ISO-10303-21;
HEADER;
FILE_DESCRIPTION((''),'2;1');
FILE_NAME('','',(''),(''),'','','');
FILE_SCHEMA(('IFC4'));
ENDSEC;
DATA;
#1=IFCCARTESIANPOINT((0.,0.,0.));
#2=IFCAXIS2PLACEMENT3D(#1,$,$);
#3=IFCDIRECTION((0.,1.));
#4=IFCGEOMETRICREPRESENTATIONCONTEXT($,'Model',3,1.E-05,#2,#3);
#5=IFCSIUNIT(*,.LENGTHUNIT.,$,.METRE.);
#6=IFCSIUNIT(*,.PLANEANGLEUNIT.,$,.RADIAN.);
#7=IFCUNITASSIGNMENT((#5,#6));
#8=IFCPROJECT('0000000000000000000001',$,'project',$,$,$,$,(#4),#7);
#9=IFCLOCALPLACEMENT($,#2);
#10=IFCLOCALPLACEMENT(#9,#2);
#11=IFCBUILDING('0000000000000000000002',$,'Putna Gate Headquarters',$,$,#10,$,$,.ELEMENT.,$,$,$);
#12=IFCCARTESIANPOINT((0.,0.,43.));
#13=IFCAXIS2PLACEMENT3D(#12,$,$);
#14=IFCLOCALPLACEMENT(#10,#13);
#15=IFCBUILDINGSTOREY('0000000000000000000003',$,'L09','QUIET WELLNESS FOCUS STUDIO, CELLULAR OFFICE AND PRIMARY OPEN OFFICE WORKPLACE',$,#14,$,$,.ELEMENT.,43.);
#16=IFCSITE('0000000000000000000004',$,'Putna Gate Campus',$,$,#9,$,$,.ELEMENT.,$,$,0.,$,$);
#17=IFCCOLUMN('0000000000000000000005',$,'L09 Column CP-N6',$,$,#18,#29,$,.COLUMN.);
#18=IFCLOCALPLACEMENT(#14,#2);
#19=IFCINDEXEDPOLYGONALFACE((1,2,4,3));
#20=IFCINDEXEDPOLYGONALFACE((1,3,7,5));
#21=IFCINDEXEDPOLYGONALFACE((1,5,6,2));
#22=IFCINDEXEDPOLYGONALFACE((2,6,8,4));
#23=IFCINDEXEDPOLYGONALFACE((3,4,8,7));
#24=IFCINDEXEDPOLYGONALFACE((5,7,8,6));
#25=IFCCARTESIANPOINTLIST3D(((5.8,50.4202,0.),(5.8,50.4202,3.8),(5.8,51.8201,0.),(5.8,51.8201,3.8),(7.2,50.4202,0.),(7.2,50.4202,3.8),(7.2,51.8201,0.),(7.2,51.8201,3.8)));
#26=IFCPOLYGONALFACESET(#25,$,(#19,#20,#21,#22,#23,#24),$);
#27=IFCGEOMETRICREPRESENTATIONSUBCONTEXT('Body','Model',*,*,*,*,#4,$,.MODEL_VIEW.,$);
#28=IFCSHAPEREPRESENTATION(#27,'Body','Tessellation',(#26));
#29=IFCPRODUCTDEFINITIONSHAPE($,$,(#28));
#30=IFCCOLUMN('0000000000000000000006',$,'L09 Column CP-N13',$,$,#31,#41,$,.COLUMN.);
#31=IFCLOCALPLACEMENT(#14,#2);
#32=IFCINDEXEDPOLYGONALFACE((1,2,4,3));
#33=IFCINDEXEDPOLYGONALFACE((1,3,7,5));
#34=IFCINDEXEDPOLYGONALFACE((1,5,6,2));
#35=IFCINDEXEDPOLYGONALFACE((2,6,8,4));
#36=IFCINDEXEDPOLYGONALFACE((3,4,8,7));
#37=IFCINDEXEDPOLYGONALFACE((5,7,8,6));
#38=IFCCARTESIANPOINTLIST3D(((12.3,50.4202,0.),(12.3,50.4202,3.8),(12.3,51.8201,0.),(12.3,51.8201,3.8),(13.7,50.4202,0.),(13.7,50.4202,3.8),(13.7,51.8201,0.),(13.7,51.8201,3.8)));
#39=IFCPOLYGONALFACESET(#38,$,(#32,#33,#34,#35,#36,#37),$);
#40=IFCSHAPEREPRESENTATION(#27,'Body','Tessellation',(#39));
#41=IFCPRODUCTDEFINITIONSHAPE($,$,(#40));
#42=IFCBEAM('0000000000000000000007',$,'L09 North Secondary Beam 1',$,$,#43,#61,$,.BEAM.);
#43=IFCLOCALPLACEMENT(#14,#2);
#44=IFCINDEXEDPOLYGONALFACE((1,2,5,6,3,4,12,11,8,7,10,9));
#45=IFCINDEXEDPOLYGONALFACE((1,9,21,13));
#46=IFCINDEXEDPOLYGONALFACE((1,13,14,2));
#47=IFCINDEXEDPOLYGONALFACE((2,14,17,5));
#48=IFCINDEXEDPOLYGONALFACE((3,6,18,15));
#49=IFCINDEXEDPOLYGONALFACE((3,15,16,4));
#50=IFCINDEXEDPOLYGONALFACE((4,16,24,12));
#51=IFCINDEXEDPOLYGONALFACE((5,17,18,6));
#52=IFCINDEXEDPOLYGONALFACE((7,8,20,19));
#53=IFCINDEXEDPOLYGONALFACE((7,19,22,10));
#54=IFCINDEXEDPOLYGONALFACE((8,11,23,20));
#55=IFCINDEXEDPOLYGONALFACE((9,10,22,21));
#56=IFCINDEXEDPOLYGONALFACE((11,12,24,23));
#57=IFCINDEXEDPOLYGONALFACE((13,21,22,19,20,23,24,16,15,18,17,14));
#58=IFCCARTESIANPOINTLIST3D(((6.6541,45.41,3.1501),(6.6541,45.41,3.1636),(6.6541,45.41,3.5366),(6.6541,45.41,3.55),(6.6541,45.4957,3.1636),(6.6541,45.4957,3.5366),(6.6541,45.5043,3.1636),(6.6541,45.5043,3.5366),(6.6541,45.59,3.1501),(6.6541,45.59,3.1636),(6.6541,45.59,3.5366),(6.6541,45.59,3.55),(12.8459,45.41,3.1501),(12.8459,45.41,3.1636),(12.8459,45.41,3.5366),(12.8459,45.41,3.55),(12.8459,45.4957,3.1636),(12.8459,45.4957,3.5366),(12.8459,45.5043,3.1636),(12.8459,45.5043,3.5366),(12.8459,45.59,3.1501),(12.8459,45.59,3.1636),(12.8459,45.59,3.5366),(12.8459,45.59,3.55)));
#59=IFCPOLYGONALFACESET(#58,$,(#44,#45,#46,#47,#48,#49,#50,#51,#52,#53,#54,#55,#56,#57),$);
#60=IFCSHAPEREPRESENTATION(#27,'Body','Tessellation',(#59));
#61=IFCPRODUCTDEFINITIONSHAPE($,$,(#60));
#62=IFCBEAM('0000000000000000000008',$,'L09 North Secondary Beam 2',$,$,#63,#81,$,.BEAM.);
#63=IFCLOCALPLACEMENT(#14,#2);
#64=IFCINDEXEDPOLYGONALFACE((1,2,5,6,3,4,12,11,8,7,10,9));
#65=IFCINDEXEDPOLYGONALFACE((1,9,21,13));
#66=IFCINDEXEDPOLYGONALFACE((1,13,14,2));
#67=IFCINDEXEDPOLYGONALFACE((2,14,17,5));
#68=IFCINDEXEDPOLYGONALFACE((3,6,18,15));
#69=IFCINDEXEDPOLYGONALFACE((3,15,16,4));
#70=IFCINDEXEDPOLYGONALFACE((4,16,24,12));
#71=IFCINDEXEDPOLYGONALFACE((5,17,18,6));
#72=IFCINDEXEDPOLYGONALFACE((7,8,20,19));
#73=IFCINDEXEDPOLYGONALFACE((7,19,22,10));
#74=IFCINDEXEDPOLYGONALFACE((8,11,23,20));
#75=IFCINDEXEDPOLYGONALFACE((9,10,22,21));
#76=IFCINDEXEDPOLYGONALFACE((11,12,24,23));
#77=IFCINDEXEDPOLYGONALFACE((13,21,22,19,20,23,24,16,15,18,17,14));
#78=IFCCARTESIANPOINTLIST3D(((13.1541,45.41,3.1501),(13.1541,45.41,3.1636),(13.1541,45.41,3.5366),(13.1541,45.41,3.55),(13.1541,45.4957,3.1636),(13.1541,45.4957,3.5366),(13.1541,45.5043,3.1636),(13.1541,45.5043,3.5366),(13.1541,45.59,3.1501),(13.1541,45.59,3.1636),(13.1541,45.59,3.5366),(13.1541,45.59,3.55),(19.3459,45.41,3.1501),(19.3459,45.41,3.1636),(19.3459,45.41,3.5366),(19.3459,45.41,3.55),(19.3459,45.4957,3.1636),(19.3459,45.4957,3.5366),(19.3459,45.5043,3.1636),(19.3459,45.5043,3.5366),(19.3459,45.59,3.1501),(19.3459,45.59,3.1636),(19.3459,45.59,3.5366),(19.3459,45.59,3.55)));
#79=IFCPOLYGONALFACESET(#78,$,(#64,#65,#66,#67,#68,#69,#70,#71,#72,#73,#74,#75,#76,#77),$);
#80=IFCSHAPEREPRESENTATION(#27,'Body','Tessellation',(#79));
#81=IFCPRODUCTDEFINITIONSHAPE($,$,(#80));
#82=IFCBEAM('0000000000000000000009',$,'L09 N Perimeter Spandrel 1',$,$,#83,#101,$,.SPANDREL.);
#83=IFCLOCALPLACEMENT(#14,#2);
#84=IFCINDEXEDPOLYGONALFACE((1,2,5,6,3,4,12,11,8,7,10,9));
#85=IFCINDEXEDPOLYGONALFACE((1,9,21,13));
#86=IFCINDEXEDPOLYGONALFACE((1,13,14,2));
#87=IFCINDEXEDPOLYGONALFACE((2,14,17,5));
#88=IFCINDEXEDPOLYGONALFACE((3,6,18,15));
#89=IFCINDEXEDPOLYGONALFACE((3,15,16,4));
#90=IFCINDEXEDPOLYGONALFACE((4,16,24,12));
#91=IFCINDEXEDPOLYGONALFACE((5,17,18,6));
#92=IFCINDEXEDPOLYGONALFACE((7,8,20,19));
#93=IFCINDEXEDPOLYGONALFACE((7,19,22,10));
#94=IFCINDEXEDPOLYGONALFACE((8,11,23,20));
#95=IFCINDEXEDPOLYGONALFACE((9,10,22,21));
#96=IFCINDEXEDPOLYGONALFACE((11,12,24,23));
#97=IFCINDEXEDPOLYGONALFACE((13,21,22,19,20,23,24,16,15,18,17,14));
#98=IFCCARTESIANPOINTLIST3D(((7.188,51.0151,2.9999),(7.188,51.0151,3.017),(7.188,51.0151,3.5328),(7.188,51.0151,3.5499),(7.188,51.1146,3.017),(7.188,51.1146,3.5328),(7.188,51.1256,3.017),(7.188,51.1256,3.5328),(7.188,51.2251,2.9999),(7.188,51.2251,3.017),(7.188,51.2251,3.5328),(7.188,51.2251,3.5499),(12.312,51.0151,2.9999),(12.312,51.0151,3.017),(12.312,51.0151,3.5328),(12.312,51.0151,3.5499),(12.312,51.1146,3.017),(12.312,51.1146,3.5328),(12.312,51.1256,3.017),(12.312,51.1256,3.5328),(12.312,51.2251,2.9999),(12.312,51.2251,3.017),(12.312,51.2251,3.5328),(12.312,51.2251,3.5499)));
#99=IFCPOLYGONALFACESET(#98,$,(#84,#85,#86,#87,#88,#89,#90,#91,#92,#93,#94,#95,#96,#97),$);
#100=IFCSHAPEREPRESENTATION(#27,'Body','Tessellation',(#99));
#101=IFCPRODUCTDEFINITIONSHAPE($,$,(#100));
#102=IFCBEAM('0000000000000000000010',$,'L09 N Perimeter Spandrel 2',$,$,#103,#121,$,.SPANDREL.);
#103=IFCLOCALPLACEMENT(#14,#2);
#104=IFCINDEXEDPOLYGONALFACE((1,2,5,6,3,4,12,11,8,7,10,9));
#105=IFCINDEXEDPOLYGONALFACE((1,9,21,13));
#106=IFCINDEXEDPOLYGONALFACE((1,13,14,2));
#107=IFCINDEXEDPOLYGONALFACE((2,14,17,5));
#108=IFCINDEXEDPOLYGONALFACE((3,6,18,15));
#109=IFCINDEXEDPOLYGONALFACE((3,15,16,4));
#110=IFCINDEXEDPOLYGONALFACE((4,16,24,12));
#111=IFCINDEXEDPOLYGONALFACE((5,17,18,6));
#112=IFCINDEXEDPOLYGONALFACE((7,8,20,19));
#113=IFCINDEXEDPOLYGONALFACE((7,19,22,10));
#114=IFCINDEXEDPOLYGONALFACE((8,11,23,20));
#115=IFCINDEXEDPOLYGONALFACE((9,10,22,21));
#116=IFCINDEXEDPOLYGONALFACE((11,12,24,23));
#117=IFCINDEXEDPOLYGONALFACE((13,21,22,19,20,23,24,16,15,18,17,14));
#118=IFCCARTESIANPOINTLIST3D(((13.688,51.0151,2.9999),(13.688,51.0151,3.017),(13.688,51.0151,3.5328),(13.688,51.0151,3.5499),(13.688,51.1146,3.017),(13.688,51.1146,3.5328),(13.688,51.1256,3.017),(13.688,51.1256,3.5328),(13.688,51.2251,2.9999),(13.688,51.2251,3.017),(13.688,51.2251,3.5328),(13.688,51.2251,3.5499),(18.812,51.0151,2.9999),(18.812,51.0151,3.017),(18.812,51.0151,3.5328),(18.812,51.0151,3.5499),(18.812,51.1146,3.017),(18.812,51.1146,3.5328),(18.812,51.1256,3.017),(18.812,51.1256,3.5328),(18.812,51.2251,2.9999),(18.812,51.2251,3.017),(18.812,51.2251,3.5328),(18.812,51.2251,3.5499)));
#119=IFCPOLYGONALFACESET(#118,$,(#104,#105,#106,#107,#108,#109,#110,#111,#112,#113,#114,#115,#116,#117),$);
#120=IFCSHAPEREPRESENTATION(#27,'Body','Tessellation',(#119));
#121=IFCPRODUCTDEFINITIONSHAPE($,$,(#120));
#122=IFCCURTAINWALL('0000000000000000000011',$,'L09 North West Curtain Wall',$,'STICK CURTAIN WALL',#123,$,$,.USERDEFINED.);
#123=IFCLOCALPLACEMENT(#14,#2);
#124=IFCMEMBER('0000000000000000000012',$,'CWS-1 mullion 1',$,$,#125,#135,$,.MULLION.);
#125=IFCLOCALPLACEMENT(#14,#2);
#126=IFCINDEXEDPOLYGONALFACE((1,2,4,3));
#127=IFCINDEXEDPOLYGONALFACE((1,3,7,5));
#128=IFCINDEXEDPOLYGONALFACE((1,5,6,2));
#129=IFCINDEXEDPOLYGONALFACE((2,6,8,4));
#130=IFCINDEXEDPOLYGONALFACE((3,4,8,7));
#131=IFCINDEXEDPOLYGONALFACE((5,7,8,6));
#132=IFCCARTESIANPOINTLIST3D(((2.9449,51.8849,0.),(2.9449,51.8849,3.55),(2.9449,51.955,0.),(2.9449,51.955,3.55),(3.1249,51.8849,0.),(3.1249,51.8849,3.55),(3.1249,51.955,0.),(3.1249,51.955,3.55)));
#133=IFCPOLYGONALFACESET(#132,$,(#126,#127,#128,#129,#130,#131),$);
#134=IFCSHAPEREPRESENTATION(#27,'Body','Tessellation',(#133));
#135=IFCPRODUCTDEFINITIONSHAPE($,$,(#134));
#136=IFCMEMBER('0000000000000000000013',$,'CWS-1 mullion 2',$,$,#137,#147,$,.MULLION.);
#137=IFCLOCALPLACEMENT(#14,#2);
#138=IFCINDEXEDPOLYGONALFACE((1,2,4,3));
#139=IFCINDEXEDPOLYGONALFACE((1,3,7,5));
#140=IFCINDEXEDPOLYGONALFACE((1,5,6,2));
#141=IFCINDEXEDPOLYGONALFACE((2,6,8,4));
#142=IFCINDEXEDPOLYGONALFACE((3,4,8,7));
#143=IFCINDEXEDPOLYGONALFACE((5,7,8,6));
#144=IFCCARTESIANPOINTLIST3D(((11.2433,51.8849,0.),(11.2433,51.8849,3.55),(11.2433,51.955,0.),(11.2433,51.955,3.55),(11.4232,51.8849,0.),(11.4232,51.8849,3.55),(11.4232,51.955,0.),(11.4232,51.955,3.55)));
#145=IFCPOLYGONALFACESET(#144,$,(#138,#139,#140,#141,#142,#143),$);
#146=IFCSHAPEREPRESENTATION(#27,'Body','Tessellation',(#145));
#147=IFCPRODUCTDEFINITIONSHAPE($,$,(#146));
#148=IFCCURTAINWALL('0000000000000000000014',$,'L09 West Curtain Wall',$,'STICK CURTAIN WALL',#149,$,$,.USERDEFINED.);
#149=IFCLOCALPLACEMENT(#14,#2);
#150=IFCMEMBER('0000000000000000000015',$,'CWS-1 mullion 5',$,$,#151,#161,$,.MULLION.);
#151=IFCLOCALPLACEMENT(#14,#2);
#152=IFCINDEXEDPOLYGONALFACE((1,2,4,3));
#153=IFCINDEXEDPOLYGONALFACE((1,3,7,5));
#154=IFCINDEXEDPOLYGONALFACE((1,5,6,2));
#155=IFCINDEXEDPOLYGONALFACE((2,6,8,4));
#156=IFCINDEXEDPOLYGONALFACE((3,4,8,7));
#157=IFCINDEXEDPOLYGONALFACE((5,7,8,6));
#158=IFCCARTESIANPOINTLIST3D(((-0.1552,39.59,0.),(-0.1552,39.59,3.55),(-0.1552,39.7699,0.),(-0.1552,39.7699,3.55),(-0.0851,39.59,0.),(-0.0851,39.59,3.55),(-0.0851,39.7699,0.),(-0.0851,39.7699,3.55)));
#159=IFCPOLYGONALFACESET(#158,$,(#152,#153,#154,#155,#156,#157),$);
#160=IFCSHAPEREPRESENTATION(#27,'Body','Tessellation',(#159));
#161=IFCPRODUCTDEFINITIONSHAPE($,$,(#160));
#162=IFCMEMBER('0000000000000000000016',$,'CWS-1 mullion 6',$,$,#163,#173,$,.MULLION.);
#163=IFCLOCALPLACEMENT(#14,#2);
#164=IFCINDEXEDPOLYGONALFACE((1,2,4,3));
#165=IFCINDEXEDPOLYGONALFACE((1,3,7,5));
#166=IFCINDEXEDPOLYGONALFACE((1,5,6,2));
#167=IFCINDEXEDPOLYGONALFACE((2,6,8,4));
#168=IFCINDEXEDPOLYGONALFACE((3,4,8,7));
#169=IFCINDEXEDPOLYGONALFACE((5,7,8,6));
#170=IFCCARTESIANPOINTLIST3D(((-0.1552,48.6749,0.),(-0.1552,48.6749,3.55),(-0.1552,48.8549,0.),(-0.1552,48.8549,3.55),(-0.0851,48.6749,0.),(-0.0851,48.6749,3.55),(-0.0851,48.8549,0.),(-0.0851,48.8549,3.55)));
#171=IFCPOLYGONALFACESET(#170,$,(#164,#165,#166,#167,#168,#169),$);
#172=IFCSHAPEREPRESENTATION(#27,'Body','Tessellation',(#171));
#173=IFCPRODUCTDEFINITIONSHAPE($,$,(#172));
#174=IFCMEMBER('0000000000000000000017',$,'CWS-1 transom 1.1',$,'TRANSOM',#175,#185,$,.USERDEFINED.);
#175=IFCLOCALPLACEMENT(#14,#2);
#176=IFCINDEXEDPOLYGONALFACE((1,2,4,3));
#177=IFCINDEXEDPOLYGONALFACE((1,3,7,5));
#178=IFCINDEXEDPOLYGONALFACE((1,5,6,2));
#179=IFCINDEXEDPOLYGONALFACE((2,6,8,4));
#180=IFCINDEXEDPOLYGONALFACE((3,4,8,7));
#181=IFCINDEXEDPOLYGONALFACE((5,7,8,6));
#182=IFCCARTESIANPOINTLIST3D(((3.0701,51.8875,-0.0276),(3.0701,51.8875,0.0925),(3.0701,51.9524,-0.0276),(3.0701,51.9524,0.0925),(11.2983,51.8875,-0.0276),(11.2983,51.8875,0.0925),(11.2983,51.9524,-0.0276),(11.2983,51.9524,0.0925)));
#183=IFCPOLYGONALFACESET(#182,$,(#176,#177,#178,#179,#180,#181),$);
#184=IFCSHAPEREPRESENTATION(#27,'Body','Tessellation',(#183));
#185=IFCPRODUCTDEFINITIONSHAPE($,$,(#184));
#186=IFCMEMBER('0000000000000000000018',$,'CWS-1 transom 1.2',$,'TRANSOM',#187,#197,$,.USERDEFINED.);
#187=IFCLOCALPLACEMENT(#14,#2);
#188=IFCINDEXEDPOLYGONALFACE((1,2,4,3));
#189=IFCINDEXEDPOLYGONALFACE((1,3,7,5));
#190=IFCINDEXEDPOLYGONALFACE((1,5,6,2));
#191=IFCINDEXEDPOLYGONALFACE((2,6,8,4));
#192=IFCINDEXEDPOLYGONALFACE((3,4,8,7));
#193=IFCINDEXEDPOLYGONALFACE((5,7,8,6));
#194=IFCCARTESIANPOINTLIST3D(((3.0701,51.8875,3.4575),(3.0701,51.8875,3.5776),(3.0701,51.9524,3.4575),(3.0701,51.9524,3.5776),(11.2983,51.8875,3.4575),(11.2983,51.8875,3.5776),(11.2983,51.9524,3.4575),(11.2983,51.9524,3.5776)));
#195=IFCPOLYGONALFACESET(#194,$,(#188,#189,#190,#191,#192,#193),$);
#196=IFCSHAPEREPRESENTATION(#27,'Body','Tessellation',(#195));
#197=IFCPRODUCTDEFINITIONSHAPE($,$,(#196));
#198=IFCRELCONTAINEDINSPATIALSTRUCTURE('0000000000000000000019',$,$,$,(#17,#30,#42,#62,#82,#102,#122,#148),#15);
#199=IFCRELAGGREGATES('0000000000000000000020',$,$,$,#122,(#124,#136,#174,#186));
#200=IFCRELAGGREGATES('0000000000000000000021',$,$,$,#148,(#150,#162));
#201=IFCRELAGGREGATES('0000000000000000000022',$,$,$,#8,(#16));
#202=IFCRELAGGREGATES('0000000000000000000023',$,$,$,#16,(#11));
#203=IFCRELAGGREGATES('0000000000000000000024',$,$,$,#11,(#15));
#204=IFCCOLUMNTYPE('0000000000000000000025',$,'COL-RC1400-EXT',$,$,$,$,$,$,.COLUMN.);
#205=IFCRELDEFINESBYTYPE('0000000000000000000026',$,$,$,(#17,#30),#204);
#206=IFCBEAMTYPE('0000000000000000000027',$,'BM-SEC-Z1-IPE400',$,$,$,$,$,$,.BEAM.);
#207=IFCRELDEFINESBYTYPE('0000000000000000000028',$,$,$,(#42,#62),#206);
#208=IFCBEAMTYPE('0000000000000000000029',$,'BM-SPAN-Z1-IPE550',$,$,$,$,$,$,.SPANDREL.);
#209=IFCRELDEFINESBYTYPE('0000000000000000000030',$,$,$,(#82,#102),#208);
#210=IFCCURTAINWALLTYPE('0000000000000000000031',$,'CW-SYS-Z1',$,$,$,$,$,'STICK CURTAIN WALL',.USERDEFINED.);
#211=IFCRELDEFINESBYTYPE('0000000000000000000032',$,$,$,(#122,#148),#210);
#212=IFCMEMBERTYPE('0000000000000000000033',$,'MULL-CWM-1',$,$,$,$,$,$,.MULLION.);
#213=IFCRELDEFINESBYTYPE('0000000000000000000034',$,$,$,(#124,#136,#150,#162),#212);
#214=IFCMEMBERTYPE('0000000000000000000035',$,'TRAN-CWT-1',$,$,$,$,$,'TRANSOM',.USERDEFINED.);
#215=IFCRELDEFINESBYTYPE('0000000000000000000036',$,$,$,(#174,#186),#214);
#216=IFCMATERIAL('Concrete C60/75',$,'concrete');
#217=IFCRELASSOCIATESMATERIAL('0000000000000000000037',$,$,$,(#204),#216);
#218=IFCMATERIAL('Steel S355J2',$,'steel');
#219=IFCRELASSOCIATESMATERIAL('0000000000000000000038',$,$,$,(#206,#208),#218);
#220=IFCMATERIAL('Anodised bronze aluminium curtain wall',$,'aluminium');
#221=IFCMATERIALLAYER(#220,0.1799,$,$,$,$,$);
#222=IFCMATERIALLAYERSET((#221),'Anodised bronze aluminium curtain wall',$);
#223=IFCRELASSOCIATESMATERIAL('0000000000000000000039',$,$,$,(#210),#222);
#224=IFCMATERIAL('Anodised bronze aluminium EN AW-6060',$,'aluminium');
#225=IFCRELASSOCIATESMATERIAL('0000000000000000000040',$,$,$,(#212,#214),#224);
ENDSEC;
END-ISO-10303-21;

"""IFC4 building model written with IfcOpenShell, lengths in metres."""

from ifc_helpers import new_model, si_unit, direction, frame, origin, origin_2d, place, context, subcontext, project, spatial, rectangle, i_section, extrude, material, layer, layer_set, material_profile, profile_set, type_object, element, aggregate, save


model = new_model("IFC4")

# Units and contexts
model_context = context("Model", 3, precision=1e-05, world=origin(), true_north=direction((0.0, 1.0)))
body_context = subcontext(model_context, "Body", "Model", "MODEL_VIEW")
ifc_project = project(units=[si_unit("LENGTHUNIT", "METRE"), si_unit("PLANEANGLEUNIT", "RADIAN")], contexts=[model_context])

# Site, building, storey
site_placement = place(None, origin())
site = spatial("IfcSite", under=ifc_project, at=site_placement, Name="Putna Gate Campus", CompositionType="ELEMENT", RefElevation=0.0)
building_placement = place(site_placement, origin())
building = spatial("IfcBuilding", under=site, at=building_placement, Name="Putna Gate Headquarters", CompositionType="ELEMENT")
storey_placement = place(building_placement, frame((0.0, 0.0, 43.0)))
storey = spatial("IfcBuildingStorey", under=building, at=storey_placement, Name="L09", Description="QUIET WELLNESS FOCUS STUDIO, CELLULAR OFFICE AND PRIMARY OPEN OFFICE WORKPLACE", CompositionType="ELEMENT", Elevation=43.0)

# Columns
ifc_material_1 = material(Name="Concrete C60/75", Category="concrete")
ifc_material_profile_1 = material_profile(ifc_material_1, rectangle(XDim=1.3999, YDim=1.3999, at=origin_2d()), Name="Concrete C60/75")
ifc_profile_set_1 = profile_set([ifc_material_profile_1], Name="Concrete C60/75")
column_type = type_object("IfcColumnType", Name="COL-RC1400-EXT", PredefinedType="COLUMN", material=ifc_profile_set_1)
for number, where, z_axis, x_axis, name in (
    (1, (6.5, 51.1201, 0.0), (0.0, 0.0, 1.0), (1.0, 0.0, 0.0), "L09 Column CP-N6"),
    (2, (13.0, 51.1201, 0.0), (0.0, 0.0, 1.0), (1.0, 0.0, 0.0), "L09 Column CP-N13"),
):
    element("IfcColumn", number, at=place(storey_placement, frame(where, z_axis=z_axis, x_axis=x_axis)), inside=storey, type_object=column_type, Name=name, PredefinedType="COLUMN", context=body_context, shape_type="SweptSolid", body=[
        extrude(rectangle(XDim=1.3999, YDim=1.3999, at=origin_2d()), origin(), (0.0, 0.0, 1.0), 3.8),
    ])

# Beams
ifc_material_2 = material(Name="Steel S355J2", Category="steel")
ifc_material_profile_2 = material_profile(ifc_material_2, i_section(OverallWidth=0.1799, OverallDepth=0.3999, WebThickness=0.0085, FlangeThickness=0.0134, at=origin_2d()), Name="Steel S355J2")
ifc_profile_set_2 = profile_set([ifc_material_profile_2], Name="Steel S355J2")
beam_type_1 = type_object("IfcBeamType", Name="BM-SEC-Z1-IPE400", PredefinedType="BEAM", material=ifc_profile_set_2)
for number, where, z_axis, x_axis, name in (
    (3, (6.6541, 45.5, 3.3501), (1.0, 0.0, 0.0), (0.0, 1.0, 0.0), "L09 North Secondary Beam 1"),
    (4, (13.1541, 45.5, 3.3501), (1.0, 0.0, 0.0), (0.0, 1.0, 0.0), "L09 North Secondary Beam 2"),
):
    element("IfcBeam", number, at=place(storey_placement, frame(where, z_axis=z_axis, x_axis=x_axis)), inside=storey, type_object=beam_type_1, Name=name, PredefinedType="BEAM", context=body_context, shape_type="SweptSolid", body=[
        extrude(i_section(OverallWidth=0.1799, OverallDepth=0.3999, WebThickness=0.0085, FlangeThickness=0.0134, at=origin_2d()), origin(), (0.0, 0.0, 1.0), 6.1919),
    ])
ifc_material_profile_3 = material_profile(ifc_material_2, i_section(OverallWidth=0.21, OverallDepth=0.55, WebThickness=0.011, FlangeThickness=0.0171, at=origin_2d()), Name="Steel S355J2")
ifc_profile_set_3 = profile_set([ifc_material_profile_3], Name="Steel S355J2")
beam_type_2 = type_object("IfcBeamType", Name="BM-SPAN-Z1-IPE550", PredefinedType="SPANDREL", material=ifc_profile_set_3)
for number, where, z_axis, x_axis, name in (
    (5, (7.188, 51.1201, 3.2749), (1.0, 0.0, 0.0), (0.0, 1.0, 0.0), "L09 N Perimeter Spandrel 1"),
    (6, (13.688, 51.1201, 3.2749), (1.0, 0.0, 0.0), (0.0, 1.0, 0.0), "L09 N Perimeter Spandrel 2"),
):
    element("IfcBeam", number, at=place(storey_placement, frame(where, z_axis=z_axis, x_axis=x_axis)), inside=storey, type_object=beam_type_2, Name=name, PredefinedType="SPANDREL", context=body_context, shape_type="SweptSolid", body=[
        extrude(i_section(OverallWidth=0.21, OverallDepth=0.55, WebThickness=0.011, FlangeThickness=0.0171, at=origin_2d()), origin(), (0.0, 0.0, 1.0), 5.124),
    ])

# Curtain walls, members
ifc_material_3 = material(Name="Anodised bronze aluminium curtain wall", Category="aluminium")
ifc_layer_1 = layer(ifc_material_3, 0.1799)
ifc_layer_set_1 = layer_set([ifc_layer_1], Name="Anodised bronze aluminium curtain wall")
curtain_wall_type = type_object("IfcCurtainWallType", Name="CW-SYS-Z1", ElementType="STICK CURTAIN WALL", PredefinedType="USERDEFINED", material=ifc_layer_set_1)
curtain_wall_1_placement = place(storey_placement, origin())
curtain_wall_1 = element("IfcCurtainWall", 7, at=curtain_wall_1_placement, inside=storey, type_object=curtain_wall_type, Name="L09 North West Curtain Wall", ObjectType="STICK CURTAIN WALL", PredefinedType="USERDEFINED")
ifc_material_4 = material(Name="Anodised bronze aluminium EN AW-6060", Category="aluminium")
ifc_material_profile_4 = material_profile(ifc_material_4, rectangle(XDim=0.0701, YDim=0.1799, at=origin_2d()), Name="Anodised bronze aluminium EN AW-6060")
ifc_profile_set_4 = profile_set([ifc_material_profile_4], Name="Anodised bronze aluminium EN AW-6060")
member_type_1 = type_object("IfcMemberType", Name="MULL-CWM-1", PredefinedType="MULLION", material=ifc_profile_set_4)
member_1_placement = place(storey_placement, frame((3.0349, 51.9199, 0.0), z_axis=(0.0, 0.0, 1.0), x_axis=(0.0, 1.0, 0.0)))
member_1 = element("IfcMember", 8, at=member_1_placement, type_object=member_type_1, Name="CWS-1 mullion 1", PredefinedType="MULLION", context=body_context, shape_type="SweptSolid", body=[
    extrude(rectangle(XDim=0.0701, YDim=0.1799, at=origin_2d()), origin(), (0.0, 0.0, 1.0), 3.55),
])
member_2_placement = place(storey_placement, frame((11.3333, 51.9199, 0.0), z_axis=(0.0, 0.0, 1.0), x_axis=(0.0, 1.0, 0.0)))
member_2 = element("IfcMember", 9, at=member_2_placement, type_object=member_type_1, Name="CWS-1 mullion 2", PredefinedType="MULLION", context=body_context, shape_type="SweptSolid", body=[
    extrude(rectangle(XDim=0.0701, YDim=0.1799, at=origin_2d()), origin(), (0.0, 0.0, 1.0), 3.55),
])
curtain_wall_2_placement = place(storey_placement, origin())
curtain_wall_2 = element("IfcCurtainWall", 10, at=curtain_wall_2_placement, inside=storey, type_object=curtain_wall_type, Name="L09 West Curtain Wall", ObjectType="STICK CURTAIN WALL", PredefinedType="USERDEFINED")
member_3_placement = place(storey_placement, frame((-0.1201, 39.6799, 0.0), z_axis=(0.0, 0.0, 1.0), x_axis=(-1.0, 0.0, 0.0)))
member_3 = element("IfcMember", 11, at=member_3_placement, type_object=member_type_1, Name="CWS-1 mullion 5", PredefinedType="MULLION", context=body_context, shape_type="SweptSolid", body=[
    extrude(rectangle(XDim=0.0701, YDim=0.1799, at=origin_2d()), origin(), (0.0, 0.0, 1.0), 3.55),
])
member_4_placement = place(storey_placement, frame((-0.1201, 48.7649, 0.0), z_axis=(0.0, 0.0, 1.0), x_axis=(-1.0, 0.0, 0.0)))
member_4 = element("IfcMember", 12, at=member_4_placement, type_object=member_type_1, Name="CWS-1 mullion 6", PredefinedType="MULLION", context=body_context, shape_type="SweptSolid", body=[
    extrude(rectangle(XDim=0.0701, YDim=0.1799, at=origin_2d()), origin(), (0.0, 0.0, 1.0), 3.55),
])

# Members
ifc_material_profile_5 = material_profile(ifc_material_4, rectangle(XDim=0.0649, YDim=0.1201, at=origin_2d()), Name="Anodised bronze aluminium EN AW-6060")
ifc_profile_set_5 = profile_set([ifc_material_profile_5], Name="Anodised bronze aluminium EN AW-6060")
member_type_2 = type_object("IfcMemberType", Name="TRAN-CWT-1", ElementType="TRANSOM", PredefinedType="USERDEFINED", material=ifc_profile_set_5)
member_5_placement = place(storey_placement, frame((3.0701, 51.9199, 0.0325), z_axis=(1.0, 0.0, 0.0), x_axis=(0.0, 1.0, 0.0)))
member_5 = element("IfcMember", 13, at=member_5_placement, type_object=member_type_2, Name="CWS-1 transom 1.1", ObjectType="TRANSOM", PredefinedType="USERDEFINED", context=body_context, shape_type="SweptSolid", body=[
    extrude(rectangle(XDim=0.0649, YDim=0.1201, at=origin_2d()), origin(), (0.0, 0.0, 1.0), 8.2283),
])
member_6_placement = place(storey_placement, frame((3.0701, 51.9199, 3.5176), z_axis=(1.0, 0.0, 0.0), x_axis=(0.0, 1.0, 0.0)))
member_6 = element("IfcMember", 14, at=member_6_placement, type_object=member_type_2, Name="CWS-1 transom 1.2", ObjectType="TRANSOM", PredefinedType="USERDEFINED", context=body_context, shape_type="SweptSolid", body=[
    extrude(rectangle(XDim=0.0649, YDim=0.1201, at=origin_2d()), origin(), (0.0, 0.0, 1.0), 8.2283),
])

aggregate(curtain_wall_1, [member_1, member_2, member_5, member_6])
aggregate(curtain_wall_2, [member_3, member_4])

save(model, "model.ifc")
